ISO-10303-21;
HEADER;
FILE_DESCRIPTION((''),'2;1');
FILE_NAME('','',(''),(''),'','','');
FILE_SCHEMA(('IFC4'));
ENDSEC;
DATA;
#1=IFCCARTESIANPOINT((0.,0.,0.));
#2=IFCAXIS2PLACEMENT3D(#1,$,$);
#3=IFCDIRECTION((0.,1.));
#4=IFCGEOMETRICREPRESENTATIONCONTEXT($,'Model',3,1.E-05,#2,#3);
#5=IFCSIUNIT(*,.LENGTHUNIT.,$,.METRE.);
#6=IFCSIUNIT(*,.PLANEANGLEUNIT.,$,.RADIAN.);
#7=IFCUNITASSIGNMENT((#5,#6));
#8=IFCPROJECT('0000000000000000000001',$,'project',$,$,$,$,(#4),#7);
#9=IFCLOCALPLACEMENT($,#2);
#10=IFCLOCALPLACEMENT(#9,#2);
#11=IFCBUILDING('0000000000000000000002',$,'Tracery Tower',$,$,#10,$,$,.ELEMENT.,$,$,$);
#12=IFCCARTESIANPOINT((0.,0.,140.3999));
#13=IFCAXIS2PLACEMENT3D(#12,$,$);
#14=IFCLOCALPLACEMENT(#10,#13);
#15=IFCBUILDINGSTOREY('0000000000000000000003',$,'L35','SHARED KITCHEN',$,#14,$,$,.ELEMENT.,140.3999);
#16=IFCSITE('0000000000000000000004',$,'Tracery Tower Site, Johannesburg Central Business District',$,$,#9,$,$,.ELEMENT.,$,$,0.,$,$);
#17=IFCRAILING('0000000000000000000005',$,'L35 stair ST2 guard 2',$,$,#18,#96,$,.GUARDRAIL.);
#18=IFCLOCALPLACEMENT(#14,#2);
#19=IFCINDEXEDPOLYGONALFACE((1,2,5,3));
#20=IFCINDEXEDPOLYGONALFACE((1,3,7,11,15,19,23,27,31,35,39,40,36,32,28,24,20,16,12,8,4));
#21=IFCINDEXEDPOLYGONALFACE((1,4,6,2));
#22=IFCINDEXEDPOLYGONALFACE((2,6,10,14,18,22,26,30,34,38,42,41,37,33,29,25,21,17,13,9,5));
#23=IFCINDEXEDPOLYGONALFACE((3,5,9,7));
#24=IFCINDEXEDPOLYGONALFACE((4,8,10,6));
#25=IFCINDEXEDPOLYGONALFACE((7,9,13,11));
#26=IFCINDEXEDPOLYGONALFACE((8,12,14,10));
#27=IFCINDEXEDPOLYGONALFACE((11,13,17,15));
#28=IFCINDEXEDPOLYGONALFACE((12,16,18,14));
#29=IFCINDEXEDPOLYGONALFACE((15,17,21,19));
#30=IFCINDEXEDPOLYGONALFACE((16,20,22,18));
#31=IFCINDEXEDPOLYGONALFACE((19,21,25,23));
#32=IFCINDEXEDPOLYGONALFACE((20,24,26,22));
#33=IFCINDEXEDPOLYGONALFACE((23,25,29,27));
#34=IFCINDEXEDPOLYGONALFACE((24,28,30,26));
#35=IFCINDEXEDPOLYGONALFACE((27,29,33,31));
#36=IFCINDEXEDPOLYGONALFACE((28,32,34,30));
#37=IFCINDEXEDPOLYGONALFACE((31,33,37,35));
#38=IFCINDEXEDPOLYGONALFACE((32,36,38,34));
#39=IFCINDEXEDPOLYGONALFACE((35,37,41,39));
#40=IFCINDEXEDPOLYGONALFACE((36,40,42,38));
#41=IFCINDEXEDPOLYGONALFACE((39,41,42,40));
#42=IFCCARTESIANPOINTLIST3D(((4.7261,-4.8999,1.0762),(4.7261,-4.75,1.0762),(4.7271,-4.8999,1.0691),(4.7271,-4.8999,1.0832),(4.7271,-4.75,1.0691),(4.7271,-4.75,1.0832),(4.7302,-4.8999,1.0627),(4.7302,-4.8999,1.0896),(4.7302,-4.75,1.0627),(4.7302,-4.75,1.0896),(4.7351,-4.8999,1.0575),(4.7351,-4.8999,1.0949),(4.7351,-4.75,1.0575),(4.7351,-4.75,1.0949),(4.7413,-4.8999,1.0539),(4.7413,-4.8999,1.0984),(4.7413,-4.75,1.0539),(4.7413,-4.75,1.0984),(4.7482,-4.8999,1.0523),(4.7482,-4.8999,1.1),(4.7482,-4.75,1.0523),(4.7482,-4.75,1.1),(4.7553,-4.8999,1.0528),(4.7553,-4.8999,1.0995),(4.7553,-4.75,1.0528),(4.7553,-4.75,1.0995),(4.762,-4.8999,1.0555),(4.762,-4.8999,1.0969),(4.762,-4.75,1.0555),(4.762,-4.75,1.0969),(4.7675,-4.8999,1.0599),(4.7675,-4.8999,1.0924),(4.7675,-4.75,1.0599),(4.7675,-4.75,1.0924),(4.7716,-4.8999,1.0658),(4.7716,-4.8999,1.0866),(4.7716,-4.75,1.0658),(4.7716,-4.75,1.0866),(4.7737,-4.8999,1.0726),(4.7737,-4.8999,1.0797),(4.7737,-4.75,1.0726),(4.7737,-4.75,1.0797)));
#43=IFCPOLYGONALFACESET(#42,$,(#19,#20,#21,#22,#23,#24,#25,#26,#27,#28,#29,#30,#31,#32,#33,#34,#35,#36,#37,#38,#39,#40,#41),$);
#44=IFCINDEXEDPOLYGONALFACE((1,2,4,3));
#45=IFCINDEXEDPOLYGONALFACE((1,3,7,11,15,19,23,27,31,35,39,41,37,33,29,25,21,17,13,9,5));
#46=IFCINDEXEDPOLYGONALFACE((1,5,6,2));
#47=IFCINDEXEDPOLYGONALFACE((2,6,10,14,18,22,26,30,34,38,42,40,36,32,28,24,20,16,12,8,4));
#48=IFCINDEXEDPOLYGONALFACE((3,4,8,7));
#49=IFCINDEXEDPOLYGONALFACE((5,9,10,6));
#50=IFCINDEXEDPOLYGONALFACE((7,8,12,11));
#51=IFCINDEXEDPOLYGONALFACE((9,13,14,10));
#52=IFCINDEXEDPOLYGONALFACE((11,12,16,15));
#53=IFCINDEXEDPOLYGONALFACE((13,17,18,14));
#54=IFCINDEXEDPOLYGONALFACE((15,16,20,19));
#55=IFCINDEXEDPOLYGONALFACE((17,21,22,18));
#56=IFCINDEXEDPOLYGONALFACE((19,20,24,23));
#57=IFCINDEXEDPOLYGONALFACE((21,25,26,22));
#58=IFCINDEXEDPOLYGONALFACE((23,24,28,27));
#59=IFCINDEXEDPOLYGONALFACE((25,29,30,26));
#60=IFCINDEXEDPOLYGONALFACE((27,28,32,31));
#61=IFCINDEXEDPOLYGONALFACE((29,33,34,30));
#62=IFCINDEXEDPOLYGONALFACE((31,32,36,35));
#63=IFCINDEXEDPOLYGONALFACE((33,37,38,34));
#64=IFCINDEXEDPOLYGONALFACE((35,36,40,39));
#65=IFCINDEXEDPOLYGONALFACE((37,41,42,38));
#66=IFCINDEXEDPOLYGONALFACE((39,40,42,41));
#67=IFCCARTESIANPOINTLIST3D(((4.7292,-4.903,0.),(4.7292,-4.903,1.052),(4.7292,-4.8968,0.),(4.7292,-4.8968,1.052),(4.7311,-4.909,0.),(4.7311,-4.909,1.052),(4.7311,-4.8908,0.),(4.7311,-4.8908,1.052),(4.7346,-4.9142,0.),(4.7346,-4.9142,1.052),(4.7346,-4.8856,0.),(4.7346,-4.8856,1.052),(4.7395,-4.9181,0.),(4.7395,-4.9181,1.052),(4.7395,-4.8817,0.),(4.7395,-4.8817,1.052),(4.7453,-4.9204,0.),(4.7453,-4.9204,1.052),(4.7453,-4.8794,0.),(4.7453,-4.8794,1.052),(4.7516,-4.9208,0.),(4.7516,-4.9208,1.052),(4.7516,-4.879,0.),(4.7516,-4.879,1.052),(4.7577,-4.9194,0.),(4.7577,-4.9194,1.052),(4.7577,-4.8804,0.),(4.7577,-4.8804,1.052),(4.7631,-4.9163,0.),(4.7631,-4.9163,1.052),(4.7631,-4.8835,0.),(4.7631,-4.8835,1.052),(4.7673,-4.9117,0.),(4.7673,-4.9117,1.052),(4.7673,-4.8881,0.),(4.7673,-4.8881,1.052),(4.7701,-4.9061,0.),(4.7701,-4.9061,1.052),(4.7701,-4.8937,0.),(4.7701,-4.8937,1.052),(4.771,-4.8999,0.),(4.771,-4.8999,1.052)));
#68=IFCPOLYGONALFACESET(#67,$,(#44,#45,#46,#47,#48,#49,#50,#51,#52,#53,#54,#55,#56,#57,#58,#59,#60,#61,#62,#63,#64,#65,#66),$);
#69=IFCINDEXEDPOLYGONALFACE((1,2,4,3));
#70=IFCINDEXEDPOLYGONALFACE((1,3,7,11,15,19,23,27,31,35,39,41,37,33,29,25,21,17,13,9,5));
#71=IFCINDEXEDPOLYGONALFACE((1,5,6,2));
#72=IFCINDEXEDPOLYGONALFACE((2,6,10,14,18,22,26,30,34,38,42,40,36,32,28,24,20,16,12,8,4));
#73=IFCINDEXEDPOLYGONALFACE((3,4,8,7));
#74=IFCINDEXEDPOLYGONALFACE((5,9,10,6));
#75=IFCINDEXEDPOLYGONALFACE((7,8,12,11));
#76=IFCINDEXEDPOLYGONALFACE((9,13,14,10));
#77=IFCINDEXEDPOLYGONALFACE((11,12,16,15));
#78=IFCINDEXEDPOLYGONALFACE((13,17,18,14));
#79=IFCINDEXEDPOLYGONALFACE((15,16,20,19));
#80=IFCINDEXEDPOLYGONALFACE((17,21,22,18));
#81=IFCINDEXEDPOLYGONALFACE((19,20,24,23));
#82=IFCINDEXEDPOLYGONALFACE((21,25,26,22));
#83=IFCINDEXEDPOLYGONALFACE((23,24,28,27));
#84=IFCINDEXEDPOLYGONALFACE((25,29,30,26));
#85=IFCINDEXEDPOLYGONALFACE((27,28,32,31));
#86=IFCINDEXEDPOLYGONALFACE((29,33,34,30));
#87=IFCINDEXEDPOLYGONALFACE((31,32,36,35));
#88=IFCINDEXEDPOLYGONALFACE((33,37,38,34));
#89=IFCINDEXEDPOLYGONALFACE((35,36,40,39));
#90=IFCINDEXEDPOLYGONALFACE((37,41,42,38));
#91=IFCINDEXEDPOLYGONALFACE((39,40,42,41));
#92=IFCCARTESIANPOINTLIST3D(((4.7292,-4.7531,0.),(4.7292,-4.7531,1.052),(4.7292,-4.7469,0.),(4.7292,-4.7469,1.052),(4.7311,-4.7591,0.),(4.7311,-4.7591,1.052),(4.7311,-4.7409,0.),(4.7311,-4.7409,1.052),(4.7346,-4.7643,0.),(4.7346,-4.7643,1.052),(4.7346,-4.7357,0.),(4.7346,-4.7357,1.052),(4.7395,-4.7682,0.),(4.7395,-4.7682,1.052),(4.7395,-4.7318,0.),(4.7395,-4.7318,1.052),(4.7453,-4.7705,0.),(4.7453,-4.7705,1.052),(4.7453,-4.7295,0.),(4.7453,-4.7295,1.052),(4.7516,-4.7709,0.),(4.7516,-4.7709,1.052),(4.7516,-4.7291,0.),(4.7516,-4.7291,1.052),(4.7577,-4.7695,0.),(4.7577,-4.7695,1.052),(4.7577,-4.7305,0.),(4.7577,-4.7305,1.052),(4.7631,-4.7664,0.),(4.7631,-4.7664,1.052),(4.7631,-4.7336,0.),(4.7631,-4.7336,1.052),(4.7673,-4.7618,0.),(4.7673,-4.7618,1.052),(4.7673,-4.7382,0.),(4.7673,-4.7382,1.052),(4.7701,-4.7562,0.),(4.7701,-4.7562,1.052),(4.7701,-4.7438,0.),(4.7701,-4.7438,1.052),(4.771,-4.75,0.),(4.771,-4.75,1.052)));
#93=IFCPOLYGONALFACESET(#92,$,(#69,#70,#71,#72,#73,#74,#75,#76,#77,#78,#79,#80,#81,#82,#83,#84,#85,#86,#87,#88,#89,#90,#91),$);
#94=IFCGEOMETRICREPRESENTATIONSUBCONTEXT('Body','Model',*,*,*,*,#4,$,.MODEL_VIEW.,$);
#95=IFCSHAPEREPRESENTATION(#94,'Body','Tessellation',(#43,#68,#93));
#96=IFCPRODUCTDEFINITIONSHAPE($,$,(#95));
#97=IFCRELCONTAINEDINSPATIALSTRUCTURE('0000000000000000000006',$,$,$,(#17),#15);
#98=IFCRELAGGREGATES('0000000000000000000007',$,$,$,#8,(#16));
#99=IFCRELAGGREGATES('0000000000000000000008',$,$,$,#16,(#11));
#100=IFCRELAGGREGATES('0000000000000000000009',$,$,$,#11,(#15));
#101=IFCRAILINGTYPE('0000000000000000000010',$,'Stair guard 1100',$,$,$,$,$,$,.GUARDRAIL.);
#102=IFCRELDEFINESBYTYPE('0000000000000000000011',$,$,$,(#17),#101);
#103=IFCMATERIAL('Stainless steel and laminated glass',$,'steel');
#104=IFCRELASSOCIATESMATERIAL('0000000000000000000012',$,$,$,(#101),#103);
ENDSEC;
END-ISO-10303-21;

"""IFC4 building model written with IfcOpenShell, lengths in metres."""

from ifc_helpers import new_model, si_unit, direction, frame, origin, origin_2d, place, context, subcontext, project, spatial, circle, extrude, material, type_object, element, save


model = new_model("IFC4")

# Units and contexts
model_context = context("Model", 3, precision=1e-05, world=origin(), true_north=direction((0.0, 1.0)))
body_context = subcontext(model_context, "Body", "Model", "MODEL_VIEW")
ifc_project = project(units=[si_unit("LENGTHUNIT", "METRE"), si_unit("PLANEANGLEUNIT", "RADIAN")], contexts=[model_context])

# Site, building, storey
site_placement = place(None, origin())
site = spatial("IfcSite", under=ifc_project, at=site_placement, Name="Tracery Tower Site, Johannesburg Central Business District", CompositionType="ELEMENT", RefElevation=0.0)
building_placement = place(site_placement, origin())
building = spatial("IfcBuilding", under=site, at=building_placement, Name="Tracery Tower", CompositionType="ELEMENT")
storey_placement = place(building_placement, frame((0.0, 0.0, 140.3999)))
storey = spatial("IfcBuildingStorey", under=building, at=storey_placement, Name="L35", Description="SHARED KITCHEN", CompositionType="ELEMENT", Elevation=140.3999)

# Railing
ifc_material_1 = material(Name="Stainless steel and laminated glass", Category="steel")
railing_type_1 = type_object("IfcRailingType", Name="Stair guard 1100", PredefinedType="GUARDRAIL", material=ifc_material_1)
railing_1_placement = place(storey_placement, frame((4.75, -4.8999, 0.0)))
element("IfcRailing", 1, at=railing_1_placement, inside=storey, type_object=railing_type_1, Name="L35 stair ST2 guard 2", PredefinedType="GUARDRAIL", context=body_context, shape_type="SweptSolid", body=[
    extrude(circle(Radius=0.0239, at=origin_2d()), frame((0.0, 0.0, 1.0762), z_axis=(0.0, 1.0, 0.0), x_axis=(-1.0, 0.0, 0.0)), (0.0, 0.0, 1.0), 0.1499),
    extrude(circle(Radius=0.021, at=origin_2d()), origin(), (0.0, 0.0, 1.0), 1.052),
    extrude(circle(Radius=0.021, at=origin_2d()), frame((0.0, 0.1499, 0.0)), (0.0, 0.0, 1.0), 1.052),
])

save(model, "model.ifc")
